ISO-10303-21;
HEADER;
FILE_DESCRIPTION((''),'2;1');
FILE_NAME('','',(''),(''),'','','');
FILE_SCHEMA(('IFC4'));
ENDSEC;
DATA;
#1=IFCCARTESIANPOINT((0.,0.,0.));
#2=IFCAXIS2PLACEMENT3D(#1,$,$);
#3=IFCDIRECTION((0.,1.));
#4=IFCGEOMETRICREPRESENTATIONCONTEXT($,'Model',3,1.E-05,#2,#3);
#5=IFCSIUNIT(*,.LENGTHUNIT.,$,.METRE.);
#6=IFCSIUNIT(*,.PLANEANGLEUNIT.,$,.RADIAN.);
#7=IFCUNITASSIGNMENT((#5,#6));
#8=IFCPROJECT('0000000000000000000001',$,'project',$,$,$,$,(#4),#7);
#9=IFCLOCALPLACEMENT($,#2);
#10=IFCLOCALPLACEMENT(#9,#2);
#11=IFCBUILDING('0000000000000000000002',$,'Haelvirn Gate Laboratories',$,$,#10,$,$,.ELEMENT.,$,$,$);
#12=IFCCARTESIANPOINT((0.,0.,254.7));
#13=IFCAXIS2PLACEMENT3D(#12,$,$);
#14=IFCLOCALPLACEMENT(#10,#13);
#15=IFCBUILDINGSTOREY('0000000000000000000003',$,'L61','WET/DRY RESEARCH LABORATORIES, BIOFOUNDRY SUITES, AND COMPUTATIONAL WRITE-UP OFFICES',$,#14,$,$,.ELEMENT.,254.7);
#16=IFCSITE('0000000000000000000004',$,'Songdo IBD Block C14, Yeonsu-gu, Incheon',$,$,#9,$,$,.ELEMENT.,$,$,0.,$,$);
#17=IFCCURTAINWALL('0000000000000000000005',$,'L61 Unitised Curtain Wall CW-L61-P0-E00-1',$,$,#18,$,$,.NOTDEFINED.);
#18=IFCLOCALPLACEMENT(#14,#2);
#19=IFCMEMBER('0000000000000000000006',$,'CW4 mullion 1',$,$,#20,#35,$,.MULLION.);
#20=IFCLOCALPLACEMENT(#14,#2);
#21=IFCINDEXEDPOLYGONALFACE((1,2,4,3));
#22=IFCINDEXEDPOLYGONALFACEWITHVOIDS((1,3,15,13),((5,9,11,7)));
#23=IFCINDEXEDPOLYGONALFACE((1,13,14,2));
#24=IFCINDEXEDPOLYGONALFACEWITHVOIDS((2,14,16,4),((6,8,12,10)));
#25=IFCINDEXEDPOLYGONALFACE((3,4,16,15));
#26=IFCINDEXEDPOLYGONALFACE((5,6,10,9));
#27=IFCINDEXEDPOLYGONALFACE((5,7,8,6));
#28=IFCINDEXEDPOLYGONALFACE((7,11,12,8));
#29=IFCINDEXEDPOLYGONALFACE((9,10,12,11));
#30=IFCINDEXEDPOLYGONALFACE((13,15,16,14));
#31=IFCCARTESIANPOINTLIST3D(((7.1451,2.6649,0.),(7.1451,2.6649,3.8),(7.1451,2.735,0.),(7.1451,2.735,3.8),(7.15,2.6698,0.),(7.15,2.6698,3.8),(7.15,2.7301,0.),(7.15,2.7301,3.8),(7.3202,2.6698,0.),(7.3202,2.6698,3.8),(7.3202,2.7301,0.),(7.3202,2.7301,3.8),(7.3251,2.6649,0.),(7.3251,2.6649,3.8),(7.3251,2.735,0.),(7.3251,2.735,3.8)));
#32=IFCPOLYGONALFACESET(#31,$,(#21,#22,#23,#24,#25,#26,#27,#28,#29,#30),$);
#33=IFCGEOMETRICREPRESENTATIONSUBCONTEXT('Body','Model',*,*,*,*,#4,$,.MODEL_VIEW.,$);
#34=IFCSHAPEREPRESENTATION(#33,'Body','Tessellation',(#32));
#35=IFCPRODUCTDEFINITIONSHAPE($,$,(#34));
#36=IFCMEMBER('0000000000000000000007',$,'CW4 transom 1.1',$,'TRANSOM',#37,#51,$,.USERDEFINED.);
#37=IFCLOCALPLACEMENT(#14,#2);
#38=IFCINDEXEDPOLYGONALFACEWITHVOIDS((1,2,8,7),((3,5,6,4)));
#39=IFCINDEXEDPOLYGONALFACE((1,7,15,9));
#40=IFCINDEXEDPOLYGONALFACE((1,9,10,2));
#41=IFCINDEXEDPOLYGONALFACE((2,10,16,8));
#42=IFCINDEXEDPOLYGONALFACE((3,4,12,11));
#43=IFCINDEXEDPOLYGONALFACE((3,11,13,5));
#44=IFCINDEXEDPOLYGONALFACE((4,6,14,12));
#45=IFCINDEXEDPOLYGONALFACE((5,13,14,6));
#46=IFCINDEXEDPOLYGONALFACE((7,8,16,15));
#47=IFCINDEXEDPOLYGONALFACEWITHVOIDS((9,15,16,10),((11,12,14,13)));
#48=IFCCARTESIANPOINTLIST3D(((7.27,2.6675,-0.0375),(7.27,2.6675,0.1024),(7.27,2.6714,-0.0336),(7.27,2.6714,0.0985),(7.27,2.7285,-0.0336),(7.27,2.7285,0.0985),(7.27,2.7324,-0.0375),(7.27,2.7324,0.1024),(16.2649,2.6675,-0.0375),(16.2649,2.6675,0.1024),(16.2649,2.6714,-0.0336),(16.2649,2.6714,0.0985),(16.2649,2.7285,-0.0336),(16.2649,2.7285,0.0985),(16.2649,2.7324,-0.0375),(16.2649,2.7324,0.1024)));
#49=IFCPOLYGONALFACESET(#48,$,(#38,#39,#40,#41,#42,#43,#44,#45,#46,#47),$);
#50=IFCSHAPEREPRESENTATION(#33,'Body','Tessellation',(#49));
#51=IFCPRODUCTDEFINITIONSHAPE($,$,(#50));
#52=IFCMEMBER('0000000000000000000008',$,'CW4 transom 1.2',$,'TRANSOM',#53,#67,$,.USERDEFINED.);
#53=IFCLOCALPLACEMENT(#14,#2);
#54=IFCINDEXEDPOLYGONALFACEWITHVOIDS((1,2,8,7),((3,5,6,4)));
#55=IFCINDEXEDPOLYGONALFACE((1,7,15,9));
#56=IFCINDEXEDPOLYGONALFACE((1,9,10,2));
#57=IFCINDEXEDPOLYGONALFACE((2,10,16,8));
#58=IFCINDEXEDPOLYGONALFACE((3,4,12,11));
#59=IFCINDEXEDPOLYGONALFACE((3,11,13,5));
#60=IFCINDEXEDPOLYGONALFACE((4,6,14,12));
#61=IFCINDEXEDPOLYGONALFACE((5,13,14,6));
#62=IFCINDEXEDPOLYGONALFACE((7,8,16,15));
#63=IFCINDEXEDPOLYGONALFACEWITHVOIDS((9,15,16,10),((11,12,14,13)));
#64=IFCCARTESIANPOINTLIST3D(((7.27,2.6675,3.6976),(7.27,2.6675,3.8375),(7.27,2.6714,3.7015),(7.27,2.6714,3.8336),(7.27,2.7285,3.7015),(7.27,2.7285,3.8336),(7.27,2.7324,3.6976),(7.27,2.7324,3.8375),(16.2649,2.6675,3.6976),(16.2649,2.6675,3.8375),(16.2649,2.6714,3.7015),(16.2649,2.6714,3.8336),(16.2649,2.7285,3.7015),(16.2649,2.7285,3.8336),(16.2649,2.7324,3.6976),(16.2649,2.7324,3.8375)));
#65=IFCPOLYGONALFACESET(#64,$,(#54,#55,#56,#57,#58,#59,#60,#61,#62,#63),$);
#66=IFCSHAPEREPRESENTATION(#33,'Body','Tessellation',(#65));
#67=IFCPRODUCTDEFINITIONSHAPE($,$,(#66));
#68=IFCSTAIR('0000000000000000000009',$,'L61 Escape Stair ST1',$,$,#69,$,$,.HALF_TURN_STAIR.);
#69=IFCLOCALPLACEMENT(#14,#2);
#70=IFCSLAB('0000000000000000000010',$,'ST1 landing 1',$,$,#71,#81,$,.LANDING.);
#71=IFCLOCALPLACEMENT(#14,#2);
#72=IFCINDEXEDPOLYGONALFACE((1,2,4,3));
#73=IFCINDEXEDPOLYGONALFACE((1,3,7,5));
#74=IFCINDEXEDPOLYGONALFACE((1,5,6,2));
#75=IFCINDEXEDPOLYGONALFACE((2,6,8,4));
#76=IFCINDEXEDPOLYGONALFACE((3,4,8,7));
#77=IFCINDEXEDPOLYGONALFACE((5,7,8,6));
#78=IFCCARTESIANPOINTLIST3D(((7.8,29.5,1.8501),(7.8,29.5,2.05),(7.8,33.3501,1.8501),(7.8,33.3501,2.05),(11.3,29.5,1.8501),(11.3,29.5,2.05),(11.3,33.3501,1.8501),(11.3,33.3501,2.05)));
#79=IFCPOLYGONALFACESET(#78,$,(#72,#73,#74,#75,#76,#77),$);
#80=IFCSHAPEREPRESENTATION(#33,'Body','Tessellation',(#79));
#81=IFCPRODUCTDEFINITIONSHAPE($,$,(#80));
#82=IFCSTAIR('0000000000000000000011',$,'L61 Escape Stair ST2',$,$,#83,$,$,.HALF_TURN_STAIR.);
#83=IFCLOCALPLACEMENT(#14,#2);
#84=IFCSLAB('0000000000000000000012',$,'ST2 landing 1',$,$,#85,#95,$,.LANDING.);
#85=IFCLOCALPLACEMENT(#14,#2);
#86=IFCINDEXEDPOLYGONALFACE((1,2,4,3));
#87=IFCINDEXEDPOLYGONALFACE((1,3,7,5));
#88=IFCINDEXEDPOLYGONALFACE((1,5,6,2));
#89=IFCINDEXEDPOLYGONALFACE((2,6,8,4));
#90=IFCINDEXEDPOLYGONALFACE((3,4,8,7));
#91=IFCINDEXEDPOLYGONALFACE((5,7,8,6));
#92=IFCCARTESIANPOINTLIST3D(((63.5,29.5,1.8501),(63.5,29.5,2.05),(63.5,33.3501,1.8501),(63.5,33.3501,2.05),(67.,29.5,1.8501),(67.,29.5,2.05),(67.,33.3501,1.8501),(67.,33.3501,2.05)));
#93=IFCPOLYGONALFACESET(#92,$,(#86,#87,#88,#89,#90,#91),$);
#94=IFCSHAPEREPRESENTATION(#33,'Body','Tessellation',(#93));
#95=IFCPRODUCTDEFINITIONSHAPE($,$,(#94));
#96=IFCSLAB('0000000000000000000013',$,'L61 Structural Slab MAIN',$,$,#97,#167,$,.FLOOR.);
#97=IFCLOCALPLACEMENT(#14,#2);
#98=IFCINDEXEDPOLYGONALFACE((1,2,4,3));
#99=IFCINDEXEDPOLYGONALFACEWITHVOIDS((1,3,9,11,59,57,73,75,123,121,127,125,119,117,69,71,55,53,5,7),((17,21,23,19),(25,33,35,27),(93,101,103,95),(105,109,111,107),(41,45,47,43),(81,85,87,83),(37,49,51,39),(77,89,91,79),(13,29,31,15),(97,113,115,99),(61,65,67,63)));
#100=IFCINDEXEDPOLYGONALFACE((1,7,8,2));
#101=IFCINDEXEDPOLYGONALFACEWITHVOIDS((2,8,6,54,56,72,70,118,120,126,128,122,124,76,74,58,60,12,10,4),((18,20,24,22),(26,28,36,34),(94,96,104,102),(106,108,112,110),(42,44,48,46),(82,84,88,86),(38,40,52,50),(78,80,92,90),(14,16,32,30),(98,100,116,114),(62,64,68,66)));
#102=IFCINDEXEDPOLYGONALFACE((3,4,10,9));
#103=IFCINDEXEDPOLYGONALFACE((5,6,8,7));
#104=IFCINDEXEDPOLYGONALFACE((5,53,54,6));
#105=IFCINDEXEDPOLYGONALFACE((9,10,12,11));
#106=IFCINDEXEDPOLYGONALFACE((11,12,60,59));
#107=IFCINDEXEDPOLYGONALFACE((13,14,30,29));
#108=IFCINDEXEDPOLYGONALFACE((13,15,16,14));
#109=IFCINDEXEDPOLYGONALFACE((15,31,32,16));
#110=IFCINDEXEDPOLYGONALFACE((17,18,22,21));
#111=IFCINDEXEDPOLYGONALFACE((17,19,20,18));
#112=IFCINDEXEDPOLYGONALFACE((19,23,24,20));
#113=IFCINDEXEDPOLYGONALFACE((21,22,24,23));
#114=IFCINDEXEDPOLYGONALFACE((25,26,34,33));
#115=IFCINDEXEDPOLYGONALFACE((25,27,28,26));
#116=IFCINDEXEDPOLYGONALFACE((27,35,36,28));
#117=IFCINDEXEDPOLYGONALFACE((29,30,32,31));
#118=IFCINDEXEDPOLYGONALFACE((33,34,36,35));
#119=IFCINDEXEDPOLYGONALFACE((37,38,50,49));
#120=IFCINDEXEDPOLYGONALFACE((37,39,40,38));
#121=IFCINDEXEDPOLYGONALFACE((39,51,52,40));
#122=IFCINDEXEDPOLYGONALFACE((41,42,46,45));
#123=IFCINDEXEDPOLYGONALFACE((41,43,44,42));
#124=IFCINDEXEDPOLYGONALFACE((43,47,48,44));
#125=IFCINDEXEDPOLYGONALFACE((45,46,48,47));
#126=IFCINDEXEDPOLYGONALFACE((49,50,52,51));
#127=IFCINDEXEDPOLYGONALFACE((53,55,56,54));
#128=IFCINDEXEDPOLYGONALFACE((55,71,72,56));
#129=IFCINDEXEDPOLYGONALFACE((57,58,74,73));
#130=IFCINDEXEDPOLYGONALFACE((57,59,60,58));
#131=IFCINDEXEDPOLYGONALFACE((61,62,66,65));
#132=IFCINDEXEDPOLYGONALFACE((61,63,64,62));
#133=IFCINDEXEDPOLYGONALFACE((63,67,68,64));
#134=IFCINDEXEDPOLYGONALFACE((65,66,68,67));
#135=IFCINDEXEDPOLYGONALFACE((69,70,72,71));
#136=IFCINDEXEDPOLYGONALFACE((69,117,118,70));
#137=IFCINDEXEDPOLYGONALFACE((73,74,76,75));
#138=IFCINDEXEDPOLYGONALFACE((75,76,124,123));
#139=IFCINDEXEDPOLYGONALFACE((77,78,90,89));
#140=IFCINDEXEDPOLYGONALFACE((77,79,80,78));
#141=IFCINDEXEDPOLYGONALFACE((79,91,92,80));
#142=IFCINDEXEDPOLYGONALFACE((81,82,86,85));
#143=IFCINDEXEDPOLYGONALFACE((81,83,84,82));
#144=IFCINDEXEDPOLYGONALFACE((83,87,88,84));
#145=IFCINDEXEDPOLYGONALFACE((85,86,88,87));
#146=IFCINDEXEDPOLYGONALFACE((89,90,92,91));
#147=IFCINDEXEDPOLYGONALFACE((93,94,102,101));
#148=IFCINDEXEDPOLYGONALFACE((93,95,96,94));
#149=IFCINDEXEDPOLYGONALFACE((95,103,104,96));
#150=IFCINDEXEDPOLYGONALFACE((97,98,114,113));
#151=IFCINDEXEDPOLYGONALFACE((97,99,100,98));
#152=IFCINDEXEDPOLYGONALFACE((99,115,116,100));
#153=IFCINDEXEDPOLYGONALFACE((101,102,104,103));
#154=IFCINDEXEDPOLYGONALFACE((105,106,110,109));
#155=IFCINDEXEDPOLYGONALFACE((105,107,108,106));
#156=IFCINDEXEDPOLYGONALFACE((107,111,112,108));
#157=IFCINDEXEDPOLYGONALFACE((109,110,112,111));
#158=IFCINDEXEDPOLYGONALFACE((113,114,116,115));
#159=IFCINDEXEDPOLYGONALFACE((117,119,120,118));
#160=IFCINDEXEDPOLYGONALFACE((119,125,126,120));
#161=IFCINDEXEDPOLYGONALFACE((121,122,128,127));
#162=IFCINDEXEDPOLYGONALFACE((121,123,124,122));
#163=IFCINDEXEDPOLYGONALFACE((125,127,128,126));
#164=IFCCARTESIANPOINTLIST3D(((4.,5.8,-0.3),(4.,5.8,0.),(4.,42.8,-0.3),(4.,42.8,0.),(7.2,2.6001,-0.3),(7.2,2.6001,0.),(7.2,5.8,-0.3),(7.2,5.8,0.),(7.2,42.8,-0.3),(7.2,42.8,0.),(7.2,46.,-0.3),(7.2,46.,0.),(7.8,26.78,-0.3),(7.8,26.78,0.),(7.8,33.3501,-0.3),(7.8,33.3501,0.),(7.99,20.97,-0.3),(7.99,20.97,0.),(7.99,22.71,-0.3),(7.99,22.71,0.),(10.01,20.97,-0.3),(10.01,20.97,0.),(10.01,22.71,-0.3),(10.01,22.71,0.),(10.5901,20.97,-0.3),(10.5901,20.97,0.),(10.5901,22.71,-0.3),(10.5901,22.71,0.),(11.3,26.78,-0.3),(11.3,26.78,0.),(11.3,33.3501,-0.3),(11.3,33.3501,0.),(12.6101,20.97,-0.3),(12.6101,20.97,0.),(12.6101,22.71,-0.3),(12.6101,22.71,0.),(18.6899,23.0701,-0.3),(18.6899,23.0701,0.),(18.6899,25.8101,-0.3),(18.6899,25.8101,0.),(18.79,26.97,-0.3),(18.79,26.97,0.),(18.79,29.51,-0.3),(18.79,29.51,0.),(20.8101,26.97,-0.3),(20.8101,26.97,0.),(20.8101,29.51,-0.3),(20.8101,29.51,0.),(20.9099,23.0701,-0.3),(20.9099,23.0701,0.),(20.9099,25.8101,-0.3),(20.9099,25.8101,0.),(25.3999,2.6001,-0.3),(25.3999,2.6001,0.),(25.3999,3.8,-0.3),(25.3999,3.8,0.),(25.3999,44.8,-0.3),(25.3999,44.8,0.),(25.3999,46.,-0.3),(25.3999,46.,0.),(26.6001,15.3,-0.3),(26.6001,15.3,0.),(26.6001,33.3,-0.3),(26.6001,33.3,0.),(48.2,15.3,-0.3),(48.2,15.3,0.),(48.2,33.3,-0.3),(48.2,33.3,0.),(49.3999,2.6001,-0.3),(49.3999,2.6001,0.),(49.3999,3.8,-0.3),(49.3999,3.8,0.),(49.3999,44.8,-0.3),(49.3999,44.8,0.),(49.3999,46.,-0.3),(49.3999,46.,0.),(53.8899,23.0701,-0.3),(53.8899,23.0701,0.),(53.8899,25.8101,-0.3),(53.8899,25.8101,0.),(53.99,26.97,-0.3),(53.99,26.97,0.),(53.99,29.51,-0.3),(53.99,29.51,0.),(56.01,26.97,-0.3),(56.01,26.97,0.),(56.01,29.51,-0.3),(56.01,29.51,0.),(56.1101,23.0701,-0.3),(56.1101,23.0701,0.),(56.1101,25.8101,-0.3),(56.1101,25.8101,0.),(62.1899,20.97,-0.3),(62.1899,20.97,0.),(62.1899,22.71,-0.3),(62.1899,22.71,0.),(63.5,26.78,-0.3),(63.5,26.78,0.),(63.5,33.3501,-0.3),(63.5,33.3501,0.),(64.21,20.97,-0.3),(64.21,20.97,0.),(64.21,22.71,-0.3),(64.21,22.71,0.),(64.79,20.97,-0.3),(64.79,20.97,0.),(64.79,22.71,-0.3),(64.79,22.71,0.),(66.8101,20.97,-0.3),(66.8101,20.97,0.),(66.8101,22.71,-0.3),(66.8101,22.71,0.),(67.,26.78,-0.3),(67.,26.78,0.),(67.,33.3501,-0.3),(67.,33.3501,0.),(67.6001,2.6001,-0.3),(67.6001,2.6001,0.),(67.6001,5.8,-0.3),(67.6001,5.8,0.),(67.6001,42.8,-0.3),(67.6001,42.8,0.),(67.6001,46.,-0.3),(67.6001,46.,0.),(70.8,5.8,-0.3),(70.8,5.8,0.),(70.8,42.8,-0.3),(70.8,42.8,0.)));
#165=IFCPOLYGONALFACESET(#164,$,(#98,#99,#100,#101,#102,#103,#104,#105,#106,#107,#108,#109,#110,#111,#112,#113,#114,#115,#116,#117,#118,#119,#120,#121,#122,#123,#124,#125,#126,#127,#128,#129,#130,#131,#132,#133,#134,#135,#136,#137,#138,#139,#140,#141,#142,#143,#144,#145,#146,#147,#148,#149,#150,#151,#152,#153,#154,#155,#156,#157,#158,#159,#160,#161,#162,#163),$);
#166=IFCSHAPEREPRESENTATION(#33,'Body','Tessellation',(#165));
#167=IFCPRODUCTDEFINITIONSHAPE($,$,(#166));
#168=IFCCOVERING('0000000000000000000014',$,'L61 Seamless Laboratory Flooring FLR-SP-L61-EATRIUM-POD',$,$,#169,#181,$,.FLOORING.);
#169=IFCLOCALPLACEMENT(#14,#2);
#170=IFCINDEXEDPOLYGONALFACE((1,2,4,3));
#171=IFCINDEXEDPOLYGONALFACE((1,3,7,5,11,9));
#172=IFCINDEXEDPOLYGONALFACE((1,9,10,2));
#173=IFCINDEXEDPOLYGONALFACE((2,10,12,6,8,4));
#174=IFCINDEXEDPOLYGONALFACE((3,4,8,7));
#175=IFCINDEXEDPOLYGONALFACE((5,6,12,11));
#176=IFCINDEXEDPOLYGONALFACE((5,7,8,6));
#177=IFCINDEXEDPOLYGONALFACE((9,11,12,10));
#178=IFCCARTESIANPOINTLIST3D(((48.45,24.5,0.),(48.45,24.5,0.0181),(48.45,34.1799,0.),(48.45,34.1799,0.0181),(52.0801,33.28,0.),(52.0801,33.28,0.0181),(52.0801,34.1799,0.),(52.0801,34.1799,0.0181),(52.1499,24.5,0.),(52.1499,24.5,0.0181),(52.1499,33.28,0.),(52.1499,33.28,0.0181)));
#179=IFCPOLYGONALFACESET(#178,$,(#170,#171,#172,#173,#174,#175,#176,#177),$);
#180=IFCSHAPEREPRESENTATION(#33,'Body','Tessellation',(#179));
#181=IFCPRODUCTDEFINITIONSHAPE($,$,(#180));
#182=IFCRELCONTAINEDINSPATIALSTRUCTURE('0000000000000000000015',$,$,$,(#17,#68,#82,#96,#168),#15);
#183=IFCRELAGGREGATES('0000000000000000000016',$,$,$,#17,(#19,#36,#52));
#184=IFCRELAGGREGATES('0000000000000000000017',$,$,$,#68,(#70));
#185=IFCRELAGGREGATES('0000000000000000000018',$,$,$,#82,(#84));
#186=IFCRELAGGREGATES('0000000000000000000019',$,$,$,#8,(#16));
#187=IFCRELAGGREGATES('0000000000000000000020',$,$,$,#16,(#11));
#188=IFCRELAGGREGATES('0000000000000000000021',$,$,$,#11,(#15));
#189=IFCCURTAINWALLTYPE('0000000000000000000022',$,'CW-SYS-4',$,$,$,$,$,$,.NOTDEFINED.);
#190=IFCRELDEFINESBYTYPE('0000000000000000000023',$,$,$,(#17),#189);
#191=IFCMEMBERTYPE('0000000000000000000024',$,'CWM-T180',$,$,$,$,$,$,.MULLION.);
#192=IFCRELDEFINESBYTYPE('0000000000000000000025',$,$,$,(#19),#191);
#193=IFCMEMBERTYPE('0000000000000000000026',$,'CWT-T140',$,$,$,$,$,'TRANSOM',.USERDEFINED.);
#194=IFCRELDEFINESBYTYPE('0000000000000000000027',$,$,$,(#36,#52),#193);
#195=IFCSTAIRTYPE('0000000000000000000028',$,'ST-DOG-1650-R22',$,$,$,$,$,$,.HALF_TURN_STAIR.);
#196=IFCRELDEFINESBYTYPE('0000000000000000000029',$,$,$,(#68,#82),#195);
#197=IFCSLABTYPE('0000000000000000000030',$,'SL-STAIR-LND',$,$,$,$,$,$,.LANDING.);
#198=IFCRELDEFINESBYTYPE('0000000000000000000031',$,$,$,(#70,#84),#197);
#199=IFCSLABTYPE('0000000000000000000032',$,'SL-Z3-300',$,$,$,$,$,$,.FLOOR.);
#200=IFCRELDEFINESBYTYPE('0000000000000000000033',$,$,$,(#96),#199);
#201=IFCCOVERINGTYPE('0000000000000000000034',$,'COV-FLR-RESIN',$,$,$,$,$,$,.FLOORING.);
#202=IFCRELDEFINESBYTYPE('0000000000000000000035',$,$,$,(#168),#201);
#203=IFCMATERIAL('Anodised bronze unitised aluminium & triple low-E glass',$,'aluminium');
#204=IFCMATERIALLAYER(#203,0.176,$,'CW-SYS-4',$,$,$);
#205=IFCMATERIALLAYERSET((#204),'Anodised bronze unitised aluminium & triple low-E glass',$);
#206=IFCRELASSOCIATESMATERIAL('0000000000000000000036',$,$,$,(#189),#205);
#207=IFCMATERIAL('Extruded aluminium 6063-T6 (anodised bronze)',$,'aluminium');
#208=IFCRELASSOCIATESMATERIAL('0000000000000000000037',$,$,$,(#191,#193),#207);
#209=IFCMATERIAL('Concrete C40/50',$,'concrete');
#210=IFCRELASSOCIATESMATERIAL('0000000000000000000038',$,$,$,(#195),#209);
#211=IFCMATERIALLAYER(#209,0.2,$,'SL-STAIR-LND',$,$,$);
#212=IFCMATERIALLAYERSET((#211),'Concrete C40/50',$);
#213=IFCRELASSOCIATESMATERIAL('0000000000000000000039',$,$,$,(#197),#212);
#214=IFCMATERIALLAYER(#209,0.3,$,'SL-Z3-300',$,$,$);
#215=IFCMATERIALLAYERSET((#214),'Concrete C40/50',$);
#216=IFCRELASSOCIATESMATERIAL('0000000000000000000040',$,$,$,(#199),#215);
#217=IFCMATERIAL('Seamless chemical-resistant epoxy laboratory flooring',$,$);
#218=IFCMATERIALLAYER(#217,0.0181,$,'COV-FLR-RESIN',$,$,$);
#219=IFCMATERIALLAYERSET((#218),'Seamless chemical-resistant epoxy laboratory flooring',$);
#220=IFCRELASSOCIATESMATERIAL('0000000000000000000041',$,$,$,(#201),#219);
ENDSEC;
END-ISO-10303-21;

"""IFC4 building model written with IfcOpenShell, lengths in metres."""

from ifc_helpers import new_model, si_unit, direction, frame, origin, origin_2d, place, context, subcontext, project, spatial, polyline, hollow_rectangle, outline, extrude, source, transform, mapped, material, layer, layer_set, material_profile, profile_set, type_object, type_shapes, element, aggregate, save


model = new_model("IFC4")

# Units and contexts
model_context = context("Model", 3, precision=1e-05, world=origin(), true_north=direction((0.0, 1.0)))
body_context = subcontext(model_context, "Body", "Model", "MODEL_VIEW")
ifc_project = project(units=[si_unit("LENGTHUNIT", "METRE"), si_unit("PLANEANGLEUNIT", "RADIAN")], contexts=[model_context])

# Site, building, storey
site_placement = place(None, origin())
site = spatial("IfcSite", under=ifc_project, at=site_placement, Name="Songdo IBD Block C14, Yeonsu-gu, Incheon", CompositionType="ELEMENT", RefElevation=0.0)
building_placement = place(site_placement, origin())
building = spatial("IfcBuilding", under=site, at=building_placement, Name="Haelvirn Gate Laboratories", CompositionType="ELEMENT")
storey_placement = place(building_placement, frame((0.0, 0.0, 254.7)))
storey = spatial("IfcBuildingStorey", under=building, at=storey_placement, Name="L61", Description="WET/DRY RESEARCH LABORATORIES, BIOFOUNDRY SUITES, AND COMPUTATIONAL WRITE-UP OFFICES", CompositionType="ELEMENT", Elevation=254.7)

# Curtain wall, members
ifc_material_1 = material(Name="Anodised bronze unitised aluminium & triple low-E glass", Category="aluminium")
ifc_layer_1 = layer(ifc_material_1, 0.176, Name="CW-SYS-4")
ifc_layer_set_1 = layer_set([ifc_layer_1], Name="Anodised bronze unitised aluminium & triple low-E glass")
curtain_wall_type = type_object("IfcCurtainWallType", Name="CW-SYS-4", PredefinedType="NOTDEFINED", material=ifc_layer_set_1)
curtain_wall_placement = place(storey_placement, origin())
curtain_wall = element("IfcCurtainWall", 1, at=curtain_wall_placement, inside=storey, type_object=curtain_wall_type, Name="L61 Unitised Curtain Wall CW-L61-P0-E00-1", PredefinedType="NOTDEFINED")
ifc_material_2 = material(Name="Extruded aluminium 6063-T6 (anodised bronze)", Category="aluminium")
ifc_material_profile_1 = material_profile(ifc_material_2, hollow_rectangle(XDim=0.0701, YDim=0.1799, WallThickness=0.0049, at=origin_2d()), Name="CWM-180x70x5")
ifc_profile_set_1 = profile_set([ifc_material_profile_1], Name="Extruded aluminium 6063-T6 (anodised bronze)")
member_type_1 = type_object("IfcMemberType", Name="CWM-T180", PredefinedType="MULLION", material=ifc_profile_set_1)
shared_shape_1 = source(origin(), body_context, "Body", "SweptSolid", [
    extrude(hollow_rectangle(XDim=0.0701, YDim=0.1799, WallThickness=0.0049, at=origin_2d()), origin(), (0.0, 0.0, 1.0), 3.8),
])
type_shapes(member_type_1, [shared_shape_1])
member_1_placement = place(storey_placement, frame((7.2351, 2.7, 0.0), z_axis=(0.0, 0.0, 1.0), x_axis=(0.0, 1.0, 0.0)))
member_1 = element("IfcMember", 2, at=member_1_placement, type_object=member_type_1, Name="CW4 mullion 1", PredefinedType="MULLION", context=body_context, shape_type="MappedRepresentation", body=[
    mapped(shared_shape_1, transform((0.0, 0.0, 0.0), scale=1.0)),
])
ifc_material_profile_2 = material_profile(ifc_material_2, hollow_rectangle(XDim=0.0649, YDim=0.1399, WallThickness=0.0039, at=origin_2d()), Name="CWT-140x65x4")
ifc_profile_set_2 = profile_set([ifc_material_profile_2], Name="Extruded aluminium 6063-T6 (anodised bronze)")
member_type_2 = type_object("IfcMemberType", Name="CWT-T140", ElementType="TRANSOM", PredefinedType="USERDEFINED", material=ifc_profile_set_2)
shared_shape_2 = source(origin(), body_context, "Body", "SweptSolid", [
    extrude(hollow_rectangle(XDim=0.0649, YDim=0.1399, WallThickness=0.0039, at=origin_2d()), origin(), (0.0, 0.0, 1.0), 8.9949),
])
type_shapes(member_type_2, [shared_shape_2])
member_2_placement = place(storey_placement, frame((7.27, 2.7, 0.0325), z_axis=(1.0, 0.0, 0.0), x_axis=(0.0, 1.0, 0.0)))
member_2 = element("IfcMember", 3, at=member_2_placement, type_object=member_type_2, Name="CW4 transom 1.1", ObjectType="TRANSOM", PredefinedType="USERDEFINED", context=body_context, shape_type="MappedRepresentation", body=[
    mapped(shared_shape_2, transform((0.0, 0.0, 0.0), scale=1.0)),
])
member_3_placement = place(storey_placement, frame((7.27, 2.7, 3.7676), z_axis=(1.0, 0.0, 0.0), x_axis=(0.0, 1.0, 0.0)))
member_3 = element("IfcMember", 4, at=member_3_placement, type_object=member_type_2, Name="CW4 transom 1.2", ObjectType="TRANSOM", PredefinedType="USERDEFINED", context=body_context, shape_type="MappedRepresentation", body=[
    mapped(shared_shape_2, transform((0.0, 0.0, 0.0), scale=1.0)),
])
aggregate(curtain_wall, [member_1, member_2, member_3])

# Stairs, slabs
ifc_material_3 = material(Name="Concrete C40/50", Category="concrete")
stair_type = type_object("IfcStairType", Name="ST-DOG-1650-R22", PredefinedType="HALF_TURN_STAIR", material=ifc_material_3)
stair_1_placement = place(storey_placement, origin())
stair_1 = element("IfcStair", 5, at=stair_1_placement, inside=storey, type_object=stair_type, Name="L61 Escape Stair ST1", PredefinedType="HALF_TURN_STAIR")
ifc_layer_2 = layer(ifc_material_3, 0.2, Name="SL-STAIR-LND")
ifc_layer_set_2 = layer_set([ifc_layer_2], Name="Concrete C40/50")
slab_type_1 = type_object("IfcSlabType", Name="SL-STAIR-LND", PredefinedType="LANDING", material=ifc_layer_set_2)
slab_1_placement = place(storey_placement, frame((0.0, 0.0, 1.8501)))
slab_1 = element("IfcSlab", 6, at=slab_1_placement, type_object=slab_type_1, Name="ST1 landing 1", PredefinedType="LANDING", context=body_context, shape_type="SweptSolid", body=[
    extrude(outline(polyline([(11.3, 29.5), (11.3, 33.3501), (7.8, 33.3501), (7.8, 29.5), (11.3, 29.5)])), origin(), (0.0, 0.0, 1.0), 0.2),
])
aggregate(stair_1, [slab_1])
stair_2_placement = place(storey_placement, origin())
stair_2 = element("IfcStair", 7, at=stair_2_placement, inside=storey, type_object=stair_type, Name="L61 Escape Stair ST2", PredefinedType="HALF_TURN_STAIR")
slab_2_placement = place(storey_placement, frame((0.0, 0.0, 1.8501)))
slab_2 = element("IfcSlab", 8, at=slab_2_placement, type_object=slab_type_1, Name="ST2 landing 1", PredefinedType="LANDING", context=body_context, shape_type="SweptSolid", body=[
    extrude(outline(polyline([(67.0, 29.5), (67.0, 33.3501), (63.5, 33.3501), (63.5, 29.5), (67.0, 29.5)])), origin(), (0.0, 0.0, 1.0), 0.2),
])
aggregate(stair_2, [slab_2])

# Slab
ifc_layer_3 = layer(ifc_material_3, 0.3, Name="SL-Z3-300")
ifc_layer_set_3 = layer_set([ifc_layer_3], Name="Concrete C40/50")
slab_type_2 = type_object("IfcSlabType", Name="SL-Z3-300", PredefinedType="FLOOR", material=ifc_layer_set_3)
slab_3_placement = place(storey_placement, frame((0.0, 0.0, -0.3)))
element("IfcSlab", 9, at=slab_3_placement, inside=storey, type_object=slab_type_2, Name="L61 Structural Slab MAIN", PredefinedType="FLOOR", context=body_context, shape_type="SweptSolid", body=[
    extrude(outline(polyline([(7.2, 2.6001), (25.3999, 2.6001), (25.3999, 3.8), (49.3999, 3.8), (49.3999, 2.6001), (67.6001, 2.6001), (67.6001, 5.8), (70.8, 5.8), (70.8, 42.8), (67.6001, 42.8), (67.6001, 46.0), (49.3999, 46.0), (49.3999, 44.8), (25.3999, 44.8), (25.3999, 46.0), (7.2, 46.0), (7.2, 42.8), (4.0, 42.8), (4.0, 5.8), (7.2, 5.8), (7.2, 2.6001)]), holes=[polyline([(26.6001, 15.3), (48.2, 15.3), (48.2, 33.3), (26.6001, 33.3), (26.6001, 15.3)]), polyline([(11.3, 26.78), (11.3, 33.3501), (7.8, 33.3501), (7.8, 26.78), (11.3, 26.78)]), polyline([(67.0, 26.78), (67.0, 33.3501), (63.5, 33.3501), (63.5, 26.78), (67.0, 26.78)]), polyline([(7.99, 20.97), (10.01, 20.97), (10.01, 22.71), (7.99, 22.71), (7.99, 20.97)]), polyline([(10.5901, 20.97), (12.6101, 20.97), (12.6101, 22.71), (10.5901, 22.71), (10.5901, 20.97)]), polyline([(18.79, 26.97), (20.8101, 26.97), (20.8101, 29.51), (18.79, 29.51), (18.79, 26.97)]), polyline([(18.6899, 23.0701), (20.9099, 23.0701), (20.9099, 25.8101), (18.6899, 25.8101), (18.6899, 23.0701)]), polyline([(64.79, 20.97), (66.8101, 20.97), (66.8101, 22.71), (64.79, 22.71), (64.79, 20.97)]), polyline([(62.1899, 20.97), (64.21, 20.97), (64.21, 22.71), (62.1899, 22.71), (62.1899, 20.97)]), polyline([(53.99, 26.97), (56.01, 26.97), (56.01, 29.51), (53.99, 29.51), (53.99, 26.97)]), polyline([(53.8899, 23.0701), (56.1101, 23.0701), (56.1101, 25.8101), (53.8899, 25.8101), (53.8899, 23.0701)])]), origin(), (0.0, 0.0, 1.0), 0.3),
])

# Covering
ifc_material_4 = material(Name="Seamless chemical-resistant epoxy laboratory flooring")
ifc_layer_4 = layer(ifc_material_4, 0.0181, Name="COV-FLR-RESIN")
ifc_layer_set_4 = layer_set([ifc_layer_4], Name="Seamless chemical-resistant epoxy laboratory flooring")
covering_type = type_object("IfcCoveringType", Name="COV-FLR-RESIN", PredefinedType="FLOORING", material=ifc_layer_set_4)
covering_1_placement = place(storey_placement, origin())
element("IfcCovering", 10, at=covering_1_placement, inside=storey, type_object=covering_type, Name="L61 Seamless Laboratory Flooring FLR-SP-L61-EATRIUM-POD", PredefinedType="FLOORING", context=body_context, shape_type="SweptSolid", body=[
    extrude(outline(polyline([(52.0801, 34.1799), (52.0801, 33.28), (52.1499, 33.28), (52.1499, 24.5), (48.45, 24.5), (48.45, 34.1799), (52.0801, 34.1799)])), origin(), (0.0, 0.0, 1.0), 0.0181),
])

save(model, "model.ifc")
